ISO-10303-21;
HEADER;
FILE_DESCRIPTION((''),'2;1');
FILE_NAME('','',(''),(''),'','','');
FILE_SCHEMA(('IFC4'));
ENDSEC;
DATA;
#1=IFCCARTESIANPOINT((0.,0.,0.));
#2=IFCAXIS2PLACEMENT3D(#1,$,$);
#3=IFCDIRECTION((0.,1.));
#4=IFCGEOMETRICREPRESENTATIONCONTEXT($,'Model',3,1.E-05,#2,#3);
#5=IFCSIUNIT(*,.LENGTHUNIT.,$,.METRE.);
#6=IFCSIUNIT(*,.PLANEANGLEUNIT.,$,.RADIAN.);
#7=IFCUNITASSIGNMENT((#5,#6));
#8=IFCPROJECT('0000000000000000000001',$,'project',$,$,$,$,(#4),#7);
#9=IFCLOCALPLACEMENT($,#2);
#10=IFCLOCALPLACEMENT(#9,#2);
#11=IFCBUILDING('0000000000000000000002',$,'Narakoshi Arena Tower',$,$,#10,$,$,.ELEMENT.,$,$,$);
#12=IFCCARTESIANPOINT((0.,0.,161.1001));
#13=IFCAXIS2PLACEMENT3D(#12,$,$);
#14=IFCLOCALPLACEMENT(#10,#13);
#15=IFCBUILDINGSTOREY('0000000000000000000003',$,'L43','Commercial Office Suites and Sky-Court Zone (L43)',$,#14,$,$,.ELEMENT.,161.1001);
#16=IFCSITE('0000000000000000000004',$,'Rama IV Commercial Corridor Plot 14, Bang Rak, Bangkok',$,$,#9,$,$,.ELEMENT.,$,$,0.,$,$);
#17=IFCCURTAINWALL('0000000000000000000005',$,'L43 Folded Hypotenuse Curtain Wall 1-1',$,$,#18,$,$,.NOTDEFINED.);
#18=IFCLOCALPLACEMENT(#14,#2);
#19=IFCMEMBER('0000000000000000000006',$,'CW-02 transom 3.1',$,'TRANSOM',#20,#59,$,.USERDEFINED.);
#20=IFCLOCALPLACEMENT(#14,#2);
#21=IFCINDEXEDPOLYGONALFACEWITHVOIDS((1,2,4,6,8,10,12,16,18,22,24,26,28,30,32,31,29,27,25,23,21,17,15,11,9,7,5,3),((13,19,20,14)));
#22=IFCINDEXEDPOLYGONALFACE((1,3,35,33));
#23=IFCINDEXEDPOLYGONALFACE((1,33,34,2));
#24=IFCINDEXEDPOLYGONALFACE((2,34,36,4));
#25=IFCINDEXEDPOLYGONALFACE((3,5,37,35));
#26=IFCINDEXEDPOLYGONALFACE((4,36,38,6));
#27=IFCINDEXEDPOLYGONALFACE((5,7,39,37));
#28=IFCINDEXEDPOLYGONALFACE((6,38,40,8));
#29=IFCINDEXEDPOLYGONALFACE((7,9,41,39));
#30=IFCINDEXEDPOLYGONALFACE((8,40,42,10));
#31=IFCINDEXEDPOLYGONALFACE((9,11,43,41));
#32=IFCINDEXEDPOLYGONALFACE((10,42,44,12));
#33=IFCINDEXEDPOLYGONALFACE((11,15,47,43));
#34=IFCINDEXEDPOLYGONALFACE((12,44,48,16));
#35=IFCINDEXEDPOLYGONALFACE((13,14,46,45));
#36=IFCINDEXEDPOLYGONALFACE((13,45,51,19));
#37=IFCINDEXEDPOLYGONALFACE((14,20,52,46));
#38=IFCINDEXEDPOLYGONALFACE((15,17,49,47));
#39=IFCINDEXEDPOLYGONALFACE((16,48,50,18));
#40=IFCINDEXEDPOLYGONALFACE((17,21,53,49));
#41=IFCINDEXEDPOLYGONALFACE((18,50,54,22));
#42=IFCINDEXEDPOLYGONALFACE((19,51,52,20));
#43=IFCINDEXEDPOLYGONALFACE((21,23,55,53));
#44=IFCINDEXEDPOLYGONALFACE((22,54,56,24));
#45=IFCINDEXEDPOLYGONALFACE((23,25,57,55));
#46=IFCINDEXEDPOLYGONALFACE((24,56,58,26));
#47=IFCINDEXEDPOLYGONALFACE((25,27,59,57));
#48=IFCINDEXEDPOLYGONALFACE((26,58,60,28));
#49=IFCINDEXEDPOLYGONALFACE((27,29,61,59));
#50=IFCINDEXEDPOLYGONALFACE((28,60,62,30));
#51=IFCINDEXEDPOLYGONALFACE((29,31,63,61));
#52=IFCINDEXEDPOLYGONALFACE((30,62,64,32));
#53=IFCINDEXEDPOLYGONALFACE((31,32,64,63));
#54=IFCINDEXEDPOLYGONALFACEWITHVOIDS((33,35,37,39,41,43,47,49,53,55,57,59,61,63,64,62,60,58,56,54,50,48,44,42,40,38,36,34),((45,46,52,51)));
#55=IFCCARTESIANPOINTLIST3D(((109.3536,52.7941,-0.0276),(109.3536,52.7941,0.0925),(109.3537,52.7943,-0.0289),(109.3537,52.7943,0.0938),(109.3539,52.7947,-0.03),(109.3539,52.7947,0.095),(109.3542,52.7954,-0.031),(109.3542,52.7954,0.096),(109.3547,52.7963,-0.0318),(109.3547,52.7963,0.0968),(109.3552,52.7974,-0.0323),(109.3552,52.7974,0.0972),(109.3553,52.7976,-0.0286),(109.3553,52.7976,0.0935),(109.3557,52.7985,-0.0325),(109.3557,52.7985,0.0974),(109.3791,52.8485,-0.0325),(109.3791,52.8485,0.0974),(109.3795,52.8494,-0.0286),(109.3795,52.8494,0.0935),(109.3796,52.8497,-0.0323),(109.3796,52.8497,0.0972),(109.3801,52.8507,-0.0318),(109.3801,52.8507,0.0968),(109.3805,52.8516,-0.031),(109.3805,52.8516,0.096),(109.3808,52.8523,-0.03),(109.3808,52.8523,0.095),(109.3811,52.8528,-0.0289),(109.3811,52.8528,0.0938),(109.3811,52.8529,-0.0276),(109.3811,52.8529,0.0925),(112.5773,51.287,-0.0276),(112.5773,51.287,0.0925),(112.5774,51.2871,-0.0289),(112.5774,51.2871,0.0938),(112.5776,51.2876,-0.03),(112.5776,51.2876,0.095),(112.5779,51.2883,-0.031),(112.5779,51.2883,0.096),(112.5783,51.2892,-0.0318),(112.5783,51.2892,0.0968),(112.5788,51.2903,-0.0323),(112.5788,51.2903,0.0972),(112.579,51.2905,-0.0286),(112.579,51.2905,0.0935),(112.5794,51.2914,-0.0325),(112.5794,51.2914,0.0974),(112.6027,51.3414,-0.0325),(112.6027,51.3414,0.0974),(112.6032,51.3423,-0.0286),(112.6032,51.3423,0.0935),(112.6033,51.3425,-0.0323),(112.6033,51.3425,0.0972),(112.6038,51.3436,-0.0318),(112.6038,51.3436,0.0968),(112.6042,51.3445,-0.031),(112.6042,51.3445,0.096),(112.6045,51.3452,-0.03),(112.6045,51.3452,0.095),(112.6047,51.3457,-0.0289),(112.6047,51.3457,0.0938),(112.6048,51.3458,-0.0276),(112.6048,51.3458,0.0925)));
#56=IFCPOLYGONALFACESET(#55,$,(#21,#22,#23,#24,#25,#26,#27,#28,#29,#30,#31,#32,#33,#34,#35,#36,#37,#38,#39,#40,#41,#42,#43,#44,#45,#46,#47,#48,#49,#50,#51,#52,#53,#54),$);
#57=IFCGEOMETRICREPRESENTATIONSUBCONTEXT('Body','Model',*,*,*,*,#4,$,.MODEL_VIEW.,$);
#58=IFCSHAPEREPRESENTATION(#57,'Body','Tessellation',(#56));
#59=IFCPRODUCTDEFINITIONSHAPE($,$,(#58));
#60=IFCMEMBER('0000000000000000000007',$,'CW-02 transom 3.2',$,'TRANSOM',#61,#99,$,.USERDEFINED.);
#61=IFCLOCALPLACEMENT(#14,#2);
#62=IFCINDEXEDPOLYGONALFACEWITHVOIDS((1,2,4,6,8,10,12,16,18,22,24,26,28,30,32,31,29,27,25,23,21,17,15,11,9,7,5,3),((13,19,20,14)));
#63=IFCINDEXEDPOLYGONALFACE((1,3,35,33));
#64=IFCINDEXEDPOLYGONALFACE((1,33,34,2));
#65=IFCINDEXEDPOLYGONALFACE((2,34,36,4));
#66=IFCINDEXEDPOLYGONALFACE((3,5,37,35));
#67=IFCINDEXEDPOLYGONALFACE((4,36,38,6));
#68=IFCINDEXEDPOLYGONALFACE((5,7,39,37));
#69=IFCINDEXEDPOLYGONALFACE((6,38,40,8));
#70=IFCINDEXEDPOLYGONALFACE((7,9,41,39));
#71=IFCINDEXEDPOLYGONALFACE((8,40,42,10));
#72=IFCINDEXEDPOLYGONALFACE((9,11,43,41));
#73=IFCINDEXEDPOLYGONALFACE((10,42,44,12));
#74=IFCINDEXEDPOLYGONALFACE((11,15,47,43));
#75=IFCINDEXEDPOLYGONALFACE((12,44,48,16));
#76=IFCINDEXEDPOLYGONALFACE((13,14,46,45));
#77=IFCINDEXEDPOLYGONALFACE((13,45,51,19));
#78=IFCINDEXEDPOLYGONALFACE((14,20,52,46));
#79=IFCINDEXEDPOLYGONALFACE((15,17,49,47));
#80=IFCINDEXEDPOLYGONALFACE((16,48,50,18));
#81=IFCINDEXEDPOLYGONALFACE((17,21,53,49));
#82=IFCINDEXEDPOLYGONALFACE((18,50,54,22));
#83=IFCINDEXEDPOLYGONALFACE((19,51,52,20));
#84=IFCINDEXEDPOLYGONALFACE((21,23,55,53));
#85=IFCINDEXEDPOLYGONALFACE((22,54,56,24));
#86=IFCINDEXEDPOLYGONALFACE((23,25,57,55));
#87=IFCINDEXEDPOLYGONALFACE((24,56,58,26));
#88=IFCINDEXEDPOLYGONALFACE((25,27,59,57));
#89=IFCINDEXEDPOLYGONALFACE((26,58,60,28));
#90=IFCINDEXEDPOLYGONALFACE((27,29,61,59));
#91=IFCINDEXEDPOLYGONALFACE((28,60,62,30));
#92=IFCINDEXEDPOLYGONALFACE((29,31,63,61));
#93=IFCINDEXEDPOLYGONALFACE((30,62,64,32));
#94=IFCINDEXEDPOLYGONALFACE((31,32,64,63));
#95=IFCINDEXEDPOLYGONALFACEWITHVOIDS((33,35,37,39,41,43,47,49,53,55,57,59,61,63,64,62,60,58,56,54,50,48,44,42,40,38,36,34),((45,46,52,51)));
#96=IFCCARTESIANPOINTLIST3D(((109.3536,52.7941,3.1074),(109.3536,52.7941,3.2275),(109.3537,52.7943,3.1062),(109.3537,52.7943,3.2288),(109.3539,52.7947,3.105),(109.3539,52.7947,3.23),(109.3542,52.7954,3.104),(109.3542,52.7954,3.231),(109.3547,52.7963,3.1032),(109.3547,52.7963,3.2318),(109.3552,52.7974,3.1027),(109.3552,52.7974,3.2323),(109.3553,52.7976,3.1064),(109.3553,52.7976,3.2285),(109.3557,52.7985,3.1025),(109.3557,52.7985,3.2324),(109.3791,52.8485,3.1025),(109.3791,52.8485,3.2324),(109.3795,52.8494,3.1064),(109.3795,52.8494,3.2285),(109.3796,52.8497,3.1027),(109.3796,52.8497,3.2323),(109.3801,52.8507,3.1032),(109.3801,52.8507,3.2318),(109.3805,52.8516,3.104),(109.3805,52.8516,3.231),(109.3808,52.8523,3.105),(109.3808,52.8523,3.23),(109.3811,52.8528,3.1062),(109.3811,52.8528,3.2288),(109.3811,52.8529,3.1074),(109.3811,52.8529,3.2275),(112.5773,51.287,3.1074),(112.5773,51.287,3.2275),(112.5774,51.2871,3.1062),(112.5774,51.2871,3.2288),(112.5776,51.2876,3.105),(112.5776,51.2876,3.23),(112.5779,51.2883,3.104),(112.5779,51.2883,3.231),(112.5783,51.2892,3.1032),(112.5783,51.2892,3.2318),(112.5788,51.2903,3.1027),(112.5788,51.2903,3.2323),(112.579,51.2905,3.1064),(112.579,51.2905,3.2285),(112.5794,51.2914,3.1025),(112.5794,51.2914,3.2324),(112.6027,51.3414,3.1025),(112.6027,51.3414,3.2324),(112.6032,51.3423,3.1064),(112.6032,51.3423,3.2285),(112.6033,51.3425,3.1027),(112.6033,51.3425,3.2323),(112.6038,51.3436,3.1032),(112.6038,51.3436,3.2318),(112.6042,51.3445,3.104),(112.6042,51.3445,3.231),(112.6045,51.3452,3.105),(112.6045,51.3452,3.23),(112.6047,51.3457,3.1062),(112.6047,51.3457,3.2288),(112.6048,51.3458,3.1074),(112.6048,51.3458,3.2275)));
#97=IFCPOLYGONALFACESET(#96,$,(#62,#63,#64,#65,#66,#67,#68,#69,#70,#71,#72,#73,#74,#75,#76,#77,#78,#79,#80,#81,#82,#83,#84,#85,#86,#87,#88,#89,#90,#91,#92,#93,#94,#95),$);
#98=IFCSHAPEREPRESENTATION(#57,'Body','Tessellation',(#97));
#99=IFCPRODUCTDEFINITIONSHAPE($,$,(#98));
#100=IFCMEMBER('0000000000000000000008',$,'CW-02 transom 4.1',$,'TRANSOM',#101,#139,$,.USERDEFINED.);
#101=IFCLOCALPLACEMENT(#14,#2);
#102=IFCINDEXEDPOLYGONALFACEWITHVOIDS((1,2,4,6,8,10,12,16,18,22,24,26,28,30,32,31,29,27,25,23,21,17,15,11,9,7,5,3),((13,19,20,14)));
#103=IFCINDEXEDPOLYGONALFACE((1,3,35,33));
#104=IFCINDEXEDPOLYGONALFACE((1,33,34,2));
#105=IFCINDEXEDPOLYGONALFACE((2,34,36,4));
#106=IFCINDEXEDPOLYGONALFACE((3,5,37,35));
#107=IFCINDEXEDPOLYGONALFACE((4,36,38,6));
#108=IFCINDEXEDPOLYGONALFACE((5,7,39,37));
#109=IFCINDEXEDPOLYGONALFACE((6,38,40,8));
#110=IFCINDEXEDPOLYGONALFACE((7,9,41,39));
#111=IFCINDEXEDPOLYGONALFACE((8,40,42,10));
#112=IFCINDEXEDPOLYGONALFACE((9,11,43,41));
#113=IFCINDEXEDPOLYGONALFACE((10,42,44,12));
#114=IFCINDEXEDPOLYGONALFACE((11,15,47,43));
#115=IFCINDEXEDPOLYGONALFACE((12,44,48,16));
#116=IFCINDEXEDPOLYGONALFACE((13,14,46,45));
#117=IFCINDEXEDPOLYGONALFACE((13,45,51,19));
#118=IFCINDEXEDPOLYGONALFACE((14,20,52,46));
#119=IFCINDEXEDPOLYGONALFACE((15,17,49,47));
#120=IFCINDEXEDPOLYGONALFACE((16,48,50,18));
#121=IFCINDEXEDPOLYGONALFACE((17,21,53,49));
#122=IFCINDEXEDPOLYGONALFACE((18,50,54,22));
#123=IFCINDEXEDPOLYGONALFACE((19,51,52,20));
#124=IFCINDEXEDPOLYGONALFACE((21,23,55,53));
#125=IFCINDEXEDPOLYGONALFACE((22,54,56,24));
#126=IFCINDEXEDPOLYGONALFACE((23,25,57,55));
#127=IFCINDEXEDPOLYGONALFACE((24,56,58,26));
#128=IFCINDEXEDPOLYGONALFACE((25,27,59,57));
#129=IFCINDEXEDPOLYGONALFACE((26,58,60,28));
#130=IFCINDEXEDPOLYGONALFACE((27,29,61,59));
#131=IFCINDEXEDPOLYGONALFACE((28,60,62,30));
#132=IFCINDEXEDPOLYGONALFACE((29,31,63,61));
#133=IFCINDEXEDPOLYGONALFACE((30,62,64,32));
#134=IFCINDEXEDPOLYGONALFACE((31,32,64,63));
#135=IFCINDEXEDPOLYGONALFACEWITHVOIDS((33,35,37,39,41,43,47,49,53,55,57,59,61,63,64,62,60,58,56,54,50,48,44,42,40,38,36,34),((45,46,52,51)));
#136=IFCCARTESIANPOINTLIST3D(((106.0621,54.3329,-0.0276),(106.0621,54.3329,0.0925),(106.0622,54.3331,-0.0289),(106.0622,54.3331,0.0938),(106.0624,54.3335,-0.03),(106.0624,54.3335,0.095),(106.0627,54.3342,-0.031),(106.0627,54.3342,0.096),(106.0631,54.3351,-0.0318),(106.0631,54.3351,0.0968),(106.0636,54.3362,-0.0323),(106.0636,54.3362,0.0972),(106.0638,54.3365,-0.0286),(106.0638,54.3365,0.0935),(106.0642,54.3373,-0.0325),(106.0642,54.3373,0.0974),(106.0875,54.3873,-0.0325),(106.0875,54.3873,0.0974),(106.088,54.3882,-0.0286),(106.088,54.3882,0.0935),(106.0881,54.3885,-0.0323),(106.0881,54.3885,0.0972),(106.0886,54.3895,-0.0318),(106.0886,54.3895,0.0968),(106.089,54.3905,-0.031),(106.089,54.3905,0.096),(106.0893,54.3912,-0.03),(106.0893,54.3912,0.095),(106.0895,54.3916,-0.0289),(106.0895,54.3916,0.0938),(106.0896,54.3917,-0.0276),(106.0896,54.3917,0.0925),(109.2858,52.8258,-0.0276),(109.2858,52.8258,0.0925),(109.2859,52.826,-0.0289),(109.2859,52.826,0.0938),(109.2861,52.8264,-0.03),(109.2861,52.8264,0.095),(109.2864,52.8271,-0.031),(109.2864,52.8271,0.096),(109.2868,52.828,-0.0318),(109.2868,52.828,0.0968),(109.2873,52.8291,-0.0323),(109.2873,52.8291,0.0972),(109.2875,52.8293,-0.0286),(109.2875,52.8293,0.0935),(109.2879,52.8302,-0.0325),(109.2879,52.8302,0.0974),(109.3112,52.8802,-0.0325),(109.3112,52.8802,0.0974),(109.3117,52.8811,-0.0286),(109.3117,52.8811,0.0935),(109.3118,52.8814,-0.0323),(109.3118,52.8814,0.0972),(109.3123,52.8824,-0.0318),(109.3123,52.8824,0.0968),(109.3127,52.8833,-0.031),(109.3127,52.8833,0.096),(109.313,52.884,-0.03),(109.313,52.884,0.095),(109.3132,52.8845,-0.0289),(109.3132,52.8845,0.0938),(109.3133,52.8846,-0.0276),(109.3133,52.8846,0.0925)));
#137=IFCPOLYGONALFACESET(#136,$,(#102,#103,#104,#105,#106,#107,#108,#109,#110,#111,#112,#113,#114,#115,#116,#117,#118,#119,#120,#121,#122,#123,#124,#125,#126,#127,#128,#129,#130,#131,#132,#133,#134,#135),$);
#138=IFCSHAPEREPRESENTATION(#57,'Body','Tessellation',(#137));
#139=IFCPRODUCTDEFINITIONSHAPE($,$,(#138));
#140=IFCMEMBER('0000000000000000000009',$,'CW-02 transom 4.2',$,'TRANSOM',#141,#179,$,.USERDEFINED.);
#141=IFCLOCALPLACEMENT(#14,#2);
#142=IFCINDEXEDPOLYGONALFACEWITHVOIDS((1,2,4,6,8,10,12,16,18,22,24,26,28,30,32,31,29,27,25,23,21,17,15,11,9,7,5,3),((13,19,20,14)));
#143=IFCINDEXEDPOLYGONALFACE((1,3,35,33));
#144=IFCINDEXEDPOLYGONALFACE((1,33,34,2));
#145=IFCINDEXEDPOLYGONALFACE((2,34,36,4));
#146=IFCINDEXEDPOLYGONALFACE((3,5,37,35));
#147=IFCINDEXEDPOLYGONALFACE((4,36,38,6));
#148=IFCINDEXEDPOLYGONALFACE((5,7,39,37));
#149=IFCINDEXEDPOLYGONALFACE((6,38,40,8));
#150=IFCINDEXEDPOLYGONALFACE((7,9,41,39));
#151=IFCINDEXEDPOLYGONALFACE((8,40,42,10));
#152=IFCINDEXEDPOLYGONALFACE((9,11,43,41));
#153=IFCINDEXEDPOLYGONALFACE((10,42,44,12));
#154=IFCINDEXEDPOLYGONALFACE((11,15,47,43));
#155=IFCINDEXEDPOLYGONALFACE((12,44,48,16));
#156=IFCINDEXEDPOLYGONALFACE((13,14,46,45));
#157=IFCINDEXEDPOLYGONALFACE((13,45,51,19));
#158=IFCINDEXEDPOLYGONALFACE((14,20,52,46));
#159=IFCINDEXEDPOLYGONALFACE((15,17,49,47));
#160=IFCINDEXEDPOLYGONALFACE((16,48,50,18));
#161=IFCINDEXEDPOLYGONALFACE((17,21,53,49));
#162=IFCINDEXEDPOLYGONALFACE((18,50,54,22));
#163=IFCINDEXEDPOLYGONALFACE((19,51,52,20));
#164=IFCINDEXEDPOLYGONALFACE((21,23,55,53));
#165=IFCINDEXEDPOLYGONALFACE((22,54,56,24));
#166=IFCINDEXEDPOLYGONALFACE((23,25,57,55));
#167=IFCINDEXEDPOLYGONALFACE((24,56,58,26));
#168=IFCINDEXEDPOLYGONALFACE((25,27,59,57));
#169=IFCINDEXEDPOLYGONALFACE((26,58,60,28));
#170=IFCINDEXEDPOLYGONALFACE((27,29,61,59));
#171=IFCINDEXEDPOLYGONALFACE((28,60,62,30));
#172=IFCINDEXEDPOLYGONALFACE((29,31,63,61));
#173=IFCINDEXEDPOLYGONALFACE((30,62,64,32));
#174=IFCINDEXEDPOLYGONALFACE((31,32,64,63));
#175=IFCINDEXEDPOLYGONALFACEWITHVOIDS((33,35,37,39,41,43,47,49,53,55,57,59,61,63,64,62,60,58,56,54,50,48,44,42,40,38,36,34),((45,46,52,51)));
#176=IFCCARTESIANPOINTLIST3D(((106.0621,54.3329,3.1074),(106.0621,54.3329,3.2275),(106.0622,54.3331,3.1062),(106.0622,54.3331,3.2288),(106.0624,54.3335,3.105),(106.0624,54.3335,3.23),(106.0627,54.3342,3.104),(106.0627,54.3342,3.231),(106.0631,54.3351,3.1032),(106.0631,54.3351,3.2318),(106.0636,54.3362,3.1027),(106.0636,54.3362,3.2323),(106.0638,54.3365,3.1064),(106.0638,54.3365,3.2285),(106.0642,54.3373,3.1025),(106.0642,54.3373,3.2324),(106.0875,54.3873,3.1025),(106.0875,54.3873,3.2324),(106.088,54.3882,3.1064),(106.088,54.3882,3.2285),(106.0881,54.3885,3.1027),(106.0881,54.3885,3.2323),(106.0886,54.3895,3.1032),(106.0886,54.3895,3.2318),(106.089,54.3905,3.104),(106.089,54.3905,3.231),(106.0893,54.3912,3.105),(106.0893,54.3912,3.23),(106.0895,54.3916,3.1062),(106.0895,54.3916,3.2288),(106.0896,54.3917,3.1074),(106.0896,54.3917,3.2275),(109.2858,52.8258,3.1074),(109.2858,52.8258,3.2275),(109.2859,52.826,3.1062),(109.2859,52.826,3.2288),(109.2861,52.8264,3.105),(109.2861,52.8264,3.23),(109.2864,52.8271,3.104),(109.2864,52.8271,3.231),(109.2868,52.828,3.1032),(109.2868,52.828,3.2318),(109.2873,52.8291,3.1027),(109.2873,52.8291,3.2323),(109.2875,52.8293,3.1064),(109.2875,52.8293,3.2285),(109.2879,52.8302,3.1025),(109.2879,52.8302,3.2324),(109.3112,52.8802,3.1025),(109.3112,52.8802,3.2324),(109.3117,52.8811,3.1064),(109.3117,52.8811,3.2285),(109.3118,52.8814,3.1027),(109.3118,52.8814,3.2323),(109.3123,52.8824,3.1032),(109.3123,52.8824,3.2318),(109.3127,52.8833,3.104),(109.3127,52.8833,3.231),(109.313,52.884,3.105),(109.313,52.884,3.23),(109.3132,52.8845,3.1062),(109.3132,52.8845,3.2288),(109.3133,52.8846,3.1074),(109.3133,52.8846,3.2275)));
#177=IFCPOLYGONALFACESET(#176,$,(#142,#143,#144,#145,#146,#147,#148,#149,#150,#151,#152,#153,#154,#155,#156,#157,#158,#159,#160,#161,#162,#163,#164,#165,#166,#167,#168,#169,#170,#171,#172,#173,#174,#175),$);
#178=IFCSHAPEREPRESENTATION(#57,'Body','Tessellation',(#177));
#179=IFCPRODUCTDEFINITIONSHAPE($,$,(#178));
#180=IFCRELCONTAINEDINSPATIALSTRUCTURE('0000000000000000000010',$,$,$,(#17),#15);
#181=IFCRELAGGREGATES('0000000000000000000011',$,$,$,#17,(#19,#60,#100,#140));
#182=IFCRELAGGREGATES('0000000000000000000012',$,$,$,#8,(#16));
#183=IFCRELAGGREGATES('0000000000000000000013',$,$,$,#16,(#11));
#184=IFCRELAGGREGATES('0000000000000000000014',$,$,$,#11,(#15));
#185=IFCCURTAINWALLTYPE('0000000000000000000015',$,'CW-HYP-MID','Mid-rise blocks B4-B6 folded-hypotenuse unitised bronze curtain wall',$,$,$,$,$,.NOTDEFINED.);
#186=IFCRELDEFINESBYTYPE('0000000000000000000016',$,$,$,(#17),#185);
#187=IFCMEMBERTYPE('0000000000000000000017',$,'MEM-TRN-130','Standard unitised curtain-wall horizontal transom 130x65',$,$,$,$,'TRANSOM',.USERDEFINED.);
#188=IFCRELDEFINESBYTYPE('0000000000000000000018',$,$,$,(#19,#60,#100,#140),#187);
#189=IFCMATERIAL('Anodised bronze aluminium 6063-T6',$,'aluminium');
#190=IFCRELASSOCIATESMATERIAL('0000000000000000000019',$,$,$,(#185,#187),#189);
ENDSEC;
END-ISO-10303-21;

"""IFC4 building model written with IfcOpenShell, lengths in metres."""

from ifc_helpers import new_model, si_unit, direction, frame, origin, origin_2d, place, context, subcontext, project, spatial, hollow_rectangle, extrude, material, material_profile, profile_set, type_object, element, aggregate, save


model = new_model("IFC4")

# Units and contexts
model_context = context("Model", 3, precision=1e-05, world=origin(), true_north=direction((0.0, 1.0)))
body_context = subcontext(model_context, "Body", "Model", "MODEL_VIEW")
ifc_project = project(units=[si_unit("LENGTHUNIT", "METRE"), si_unit("PLANEANGLEUNIT", "RADIAN")], contexts=[model_context])

# Site, building, storey
site_placement = place(None, origin())
site = spatial("IfcSite", under=ifc_project, at=site_placement, Name="Rama IV Commercial Corridor Plot 14, Bang Rak, Bangkok", CompositionType="ELEMENT", RefElevation=0.0)
building_placement = place(site_placement, origin())
building = spatial("IfcBuilding", under=site, at=building_placement, Name="Narakoshi Arena Tower", CompositionType="ELEMENT")
storey_placement = place(building_placement, frame((0.0, 0.0, 161.1001)))
storey = spatial("IfcBuildingStorey", under=building, at=storey_placement, Name="L43", Description="Commercial Office Suites and Sky-Court Zone (L43)", CompositionType="ELEMENT", Elevation=161.1001)

# Curtain wall, members
ifc_material_1 = material(Name="Anodised bronze aluminium 6063-T6", Category="aluminium")
curtain_wall_type = type_object("IfcCurtainWallType", Name="CW-HYP-MID", Description="Mid-rise blocks B4-B6 folded-hypotenuse unitised bronze curtain wall", PredefinedType="NOTDEFINED", material=ifc_material_1)
curtain_wall_placement = place(storey_placement, origin())
curtain_wall = element("IfcCurtainWall", 1, at=curtain_wall_placement, inside=storey, type_object=curtain_wall_type, Name="L43 Folded Hypotenuse Curtain Wall 1-1", PredefinedType="NOTDEFINED")
ifc_material_profile_1 = material_profile(ifc_material_1, hollow_rectangle(XDim=0.0649, YDim=0.1299, WallThickness=0.0039, OuterFilletRadius=0.0049, at=origin_2d()), Name="TRN130x65x4")
ifc_profile_set_1 = profile_set([ifc_material_profile_1], Name="Anodised bronze aluminium 6063-T6")
member_type_1 = type_object("IfcMemberType", Name="MEM-TRN-130", Description="Standard unitised curtain-wall horizontal transom 130x65", ElementType="TRANSOM", PredefinedType="USERDEFINED", material=ifc_profile_set_1)
member_1_placement = place(storey_placement, frame((112.5911, 51.3164, 0.0325), z_axis=(-0.90589, 0.423513, 0.0), x_axis=(-0.423513, -0.90589, 0.0)))
member_1 = element("IfcMember", 2, at=member_1_placement, type_object=member_type_1, Name="CW-02 transom 3.1", ObjectType="TRANSOM", PredefinedType="USERDEFINED", context=body_context, shape_type="SweptSolid", body=[
    extrude(hollow_rectangle(XDim=0.0649, YDim=0.1299, WallThickness=0.0039, OuterFilletRadius=0.0049, at=origin_2d()), origin(), (0.0, 0.0, 1.0), 3.5586),
])
member_2_placement = place(storey_placement, frame((112.5911, 51.3164, 3.1675), z_axis=(-0.90589, 0.423513, 0.0), x_axis=(-0.423513, -0.90589, 0.0)))
member_2 = element("IfcMember", 3, at=member_2_placement, type_object=member_type_1, Name="CW-02 transom 3.2", ObjectType="TRANSOM", PredefinedType="USERDEFINED", context=body_context, shape_type="SweptSolid", body=[
    extrude(hollow_rectangle(XDim=0.0649, YDim=0.1299, WallThickness=0.0039, OuterFilletRadius=0.0049, at=origin_2d()), origin(), (0.0, 0.0, 1.0), 3.5586),
])
member_3_placement = place(storey_placement, frame((109.2996, 52.8552, 0.0325), z_axis=(-0.90589, 0.423513, 0.0), x_axis=(-0.423513, -0.90589, 0.0)))
member_3 = element("IfcMember", 4, at=member_3_placement, type_object=member_type_1, Name="CW-02 transom 4.1", ObjectType="TRANSOM", PredefinedType="USERDEFINED", context=body_context, shape_type="SweptSolid", body=[
    extrude(hollow_rectangle(XDim=0.0649, YDim=0.1299, WallThickness=0.0039, OuterFilletRadius=0.0049, at=origin_2d()), origin(), (0.0, 0.0, 1.0), 3.5586),
])
member_4_placement = place(storey_placement, frame((109.2996, 52.8552, 3.1675), z_axis=(-0.90589, 0.423513, 0.0), x_axis=(-0.423513, -0.90589, 0.0)))
member_4 = element("IfcMember", 5, at=member_4_placement, type_object=member_type_1, Name="CW-02 transom 4.2", ObjectType="TRANSOM", PredefinedType="USERDEFINED", context=body_context, shape_type="SweptSolid", body=[
    extrude(hollow_rectangle(XDim=0.0649, YDim=0.1299, WallThickness=0.0039, OuterFilletRadius=0.0049, at=origin_2d()), origin(), (0.0, 0.0, 1.0), 3.5586),
])
aggregate(curtain_wall, [member_1, member_2, member_3, member_4])

save(model, "model.ifc")
